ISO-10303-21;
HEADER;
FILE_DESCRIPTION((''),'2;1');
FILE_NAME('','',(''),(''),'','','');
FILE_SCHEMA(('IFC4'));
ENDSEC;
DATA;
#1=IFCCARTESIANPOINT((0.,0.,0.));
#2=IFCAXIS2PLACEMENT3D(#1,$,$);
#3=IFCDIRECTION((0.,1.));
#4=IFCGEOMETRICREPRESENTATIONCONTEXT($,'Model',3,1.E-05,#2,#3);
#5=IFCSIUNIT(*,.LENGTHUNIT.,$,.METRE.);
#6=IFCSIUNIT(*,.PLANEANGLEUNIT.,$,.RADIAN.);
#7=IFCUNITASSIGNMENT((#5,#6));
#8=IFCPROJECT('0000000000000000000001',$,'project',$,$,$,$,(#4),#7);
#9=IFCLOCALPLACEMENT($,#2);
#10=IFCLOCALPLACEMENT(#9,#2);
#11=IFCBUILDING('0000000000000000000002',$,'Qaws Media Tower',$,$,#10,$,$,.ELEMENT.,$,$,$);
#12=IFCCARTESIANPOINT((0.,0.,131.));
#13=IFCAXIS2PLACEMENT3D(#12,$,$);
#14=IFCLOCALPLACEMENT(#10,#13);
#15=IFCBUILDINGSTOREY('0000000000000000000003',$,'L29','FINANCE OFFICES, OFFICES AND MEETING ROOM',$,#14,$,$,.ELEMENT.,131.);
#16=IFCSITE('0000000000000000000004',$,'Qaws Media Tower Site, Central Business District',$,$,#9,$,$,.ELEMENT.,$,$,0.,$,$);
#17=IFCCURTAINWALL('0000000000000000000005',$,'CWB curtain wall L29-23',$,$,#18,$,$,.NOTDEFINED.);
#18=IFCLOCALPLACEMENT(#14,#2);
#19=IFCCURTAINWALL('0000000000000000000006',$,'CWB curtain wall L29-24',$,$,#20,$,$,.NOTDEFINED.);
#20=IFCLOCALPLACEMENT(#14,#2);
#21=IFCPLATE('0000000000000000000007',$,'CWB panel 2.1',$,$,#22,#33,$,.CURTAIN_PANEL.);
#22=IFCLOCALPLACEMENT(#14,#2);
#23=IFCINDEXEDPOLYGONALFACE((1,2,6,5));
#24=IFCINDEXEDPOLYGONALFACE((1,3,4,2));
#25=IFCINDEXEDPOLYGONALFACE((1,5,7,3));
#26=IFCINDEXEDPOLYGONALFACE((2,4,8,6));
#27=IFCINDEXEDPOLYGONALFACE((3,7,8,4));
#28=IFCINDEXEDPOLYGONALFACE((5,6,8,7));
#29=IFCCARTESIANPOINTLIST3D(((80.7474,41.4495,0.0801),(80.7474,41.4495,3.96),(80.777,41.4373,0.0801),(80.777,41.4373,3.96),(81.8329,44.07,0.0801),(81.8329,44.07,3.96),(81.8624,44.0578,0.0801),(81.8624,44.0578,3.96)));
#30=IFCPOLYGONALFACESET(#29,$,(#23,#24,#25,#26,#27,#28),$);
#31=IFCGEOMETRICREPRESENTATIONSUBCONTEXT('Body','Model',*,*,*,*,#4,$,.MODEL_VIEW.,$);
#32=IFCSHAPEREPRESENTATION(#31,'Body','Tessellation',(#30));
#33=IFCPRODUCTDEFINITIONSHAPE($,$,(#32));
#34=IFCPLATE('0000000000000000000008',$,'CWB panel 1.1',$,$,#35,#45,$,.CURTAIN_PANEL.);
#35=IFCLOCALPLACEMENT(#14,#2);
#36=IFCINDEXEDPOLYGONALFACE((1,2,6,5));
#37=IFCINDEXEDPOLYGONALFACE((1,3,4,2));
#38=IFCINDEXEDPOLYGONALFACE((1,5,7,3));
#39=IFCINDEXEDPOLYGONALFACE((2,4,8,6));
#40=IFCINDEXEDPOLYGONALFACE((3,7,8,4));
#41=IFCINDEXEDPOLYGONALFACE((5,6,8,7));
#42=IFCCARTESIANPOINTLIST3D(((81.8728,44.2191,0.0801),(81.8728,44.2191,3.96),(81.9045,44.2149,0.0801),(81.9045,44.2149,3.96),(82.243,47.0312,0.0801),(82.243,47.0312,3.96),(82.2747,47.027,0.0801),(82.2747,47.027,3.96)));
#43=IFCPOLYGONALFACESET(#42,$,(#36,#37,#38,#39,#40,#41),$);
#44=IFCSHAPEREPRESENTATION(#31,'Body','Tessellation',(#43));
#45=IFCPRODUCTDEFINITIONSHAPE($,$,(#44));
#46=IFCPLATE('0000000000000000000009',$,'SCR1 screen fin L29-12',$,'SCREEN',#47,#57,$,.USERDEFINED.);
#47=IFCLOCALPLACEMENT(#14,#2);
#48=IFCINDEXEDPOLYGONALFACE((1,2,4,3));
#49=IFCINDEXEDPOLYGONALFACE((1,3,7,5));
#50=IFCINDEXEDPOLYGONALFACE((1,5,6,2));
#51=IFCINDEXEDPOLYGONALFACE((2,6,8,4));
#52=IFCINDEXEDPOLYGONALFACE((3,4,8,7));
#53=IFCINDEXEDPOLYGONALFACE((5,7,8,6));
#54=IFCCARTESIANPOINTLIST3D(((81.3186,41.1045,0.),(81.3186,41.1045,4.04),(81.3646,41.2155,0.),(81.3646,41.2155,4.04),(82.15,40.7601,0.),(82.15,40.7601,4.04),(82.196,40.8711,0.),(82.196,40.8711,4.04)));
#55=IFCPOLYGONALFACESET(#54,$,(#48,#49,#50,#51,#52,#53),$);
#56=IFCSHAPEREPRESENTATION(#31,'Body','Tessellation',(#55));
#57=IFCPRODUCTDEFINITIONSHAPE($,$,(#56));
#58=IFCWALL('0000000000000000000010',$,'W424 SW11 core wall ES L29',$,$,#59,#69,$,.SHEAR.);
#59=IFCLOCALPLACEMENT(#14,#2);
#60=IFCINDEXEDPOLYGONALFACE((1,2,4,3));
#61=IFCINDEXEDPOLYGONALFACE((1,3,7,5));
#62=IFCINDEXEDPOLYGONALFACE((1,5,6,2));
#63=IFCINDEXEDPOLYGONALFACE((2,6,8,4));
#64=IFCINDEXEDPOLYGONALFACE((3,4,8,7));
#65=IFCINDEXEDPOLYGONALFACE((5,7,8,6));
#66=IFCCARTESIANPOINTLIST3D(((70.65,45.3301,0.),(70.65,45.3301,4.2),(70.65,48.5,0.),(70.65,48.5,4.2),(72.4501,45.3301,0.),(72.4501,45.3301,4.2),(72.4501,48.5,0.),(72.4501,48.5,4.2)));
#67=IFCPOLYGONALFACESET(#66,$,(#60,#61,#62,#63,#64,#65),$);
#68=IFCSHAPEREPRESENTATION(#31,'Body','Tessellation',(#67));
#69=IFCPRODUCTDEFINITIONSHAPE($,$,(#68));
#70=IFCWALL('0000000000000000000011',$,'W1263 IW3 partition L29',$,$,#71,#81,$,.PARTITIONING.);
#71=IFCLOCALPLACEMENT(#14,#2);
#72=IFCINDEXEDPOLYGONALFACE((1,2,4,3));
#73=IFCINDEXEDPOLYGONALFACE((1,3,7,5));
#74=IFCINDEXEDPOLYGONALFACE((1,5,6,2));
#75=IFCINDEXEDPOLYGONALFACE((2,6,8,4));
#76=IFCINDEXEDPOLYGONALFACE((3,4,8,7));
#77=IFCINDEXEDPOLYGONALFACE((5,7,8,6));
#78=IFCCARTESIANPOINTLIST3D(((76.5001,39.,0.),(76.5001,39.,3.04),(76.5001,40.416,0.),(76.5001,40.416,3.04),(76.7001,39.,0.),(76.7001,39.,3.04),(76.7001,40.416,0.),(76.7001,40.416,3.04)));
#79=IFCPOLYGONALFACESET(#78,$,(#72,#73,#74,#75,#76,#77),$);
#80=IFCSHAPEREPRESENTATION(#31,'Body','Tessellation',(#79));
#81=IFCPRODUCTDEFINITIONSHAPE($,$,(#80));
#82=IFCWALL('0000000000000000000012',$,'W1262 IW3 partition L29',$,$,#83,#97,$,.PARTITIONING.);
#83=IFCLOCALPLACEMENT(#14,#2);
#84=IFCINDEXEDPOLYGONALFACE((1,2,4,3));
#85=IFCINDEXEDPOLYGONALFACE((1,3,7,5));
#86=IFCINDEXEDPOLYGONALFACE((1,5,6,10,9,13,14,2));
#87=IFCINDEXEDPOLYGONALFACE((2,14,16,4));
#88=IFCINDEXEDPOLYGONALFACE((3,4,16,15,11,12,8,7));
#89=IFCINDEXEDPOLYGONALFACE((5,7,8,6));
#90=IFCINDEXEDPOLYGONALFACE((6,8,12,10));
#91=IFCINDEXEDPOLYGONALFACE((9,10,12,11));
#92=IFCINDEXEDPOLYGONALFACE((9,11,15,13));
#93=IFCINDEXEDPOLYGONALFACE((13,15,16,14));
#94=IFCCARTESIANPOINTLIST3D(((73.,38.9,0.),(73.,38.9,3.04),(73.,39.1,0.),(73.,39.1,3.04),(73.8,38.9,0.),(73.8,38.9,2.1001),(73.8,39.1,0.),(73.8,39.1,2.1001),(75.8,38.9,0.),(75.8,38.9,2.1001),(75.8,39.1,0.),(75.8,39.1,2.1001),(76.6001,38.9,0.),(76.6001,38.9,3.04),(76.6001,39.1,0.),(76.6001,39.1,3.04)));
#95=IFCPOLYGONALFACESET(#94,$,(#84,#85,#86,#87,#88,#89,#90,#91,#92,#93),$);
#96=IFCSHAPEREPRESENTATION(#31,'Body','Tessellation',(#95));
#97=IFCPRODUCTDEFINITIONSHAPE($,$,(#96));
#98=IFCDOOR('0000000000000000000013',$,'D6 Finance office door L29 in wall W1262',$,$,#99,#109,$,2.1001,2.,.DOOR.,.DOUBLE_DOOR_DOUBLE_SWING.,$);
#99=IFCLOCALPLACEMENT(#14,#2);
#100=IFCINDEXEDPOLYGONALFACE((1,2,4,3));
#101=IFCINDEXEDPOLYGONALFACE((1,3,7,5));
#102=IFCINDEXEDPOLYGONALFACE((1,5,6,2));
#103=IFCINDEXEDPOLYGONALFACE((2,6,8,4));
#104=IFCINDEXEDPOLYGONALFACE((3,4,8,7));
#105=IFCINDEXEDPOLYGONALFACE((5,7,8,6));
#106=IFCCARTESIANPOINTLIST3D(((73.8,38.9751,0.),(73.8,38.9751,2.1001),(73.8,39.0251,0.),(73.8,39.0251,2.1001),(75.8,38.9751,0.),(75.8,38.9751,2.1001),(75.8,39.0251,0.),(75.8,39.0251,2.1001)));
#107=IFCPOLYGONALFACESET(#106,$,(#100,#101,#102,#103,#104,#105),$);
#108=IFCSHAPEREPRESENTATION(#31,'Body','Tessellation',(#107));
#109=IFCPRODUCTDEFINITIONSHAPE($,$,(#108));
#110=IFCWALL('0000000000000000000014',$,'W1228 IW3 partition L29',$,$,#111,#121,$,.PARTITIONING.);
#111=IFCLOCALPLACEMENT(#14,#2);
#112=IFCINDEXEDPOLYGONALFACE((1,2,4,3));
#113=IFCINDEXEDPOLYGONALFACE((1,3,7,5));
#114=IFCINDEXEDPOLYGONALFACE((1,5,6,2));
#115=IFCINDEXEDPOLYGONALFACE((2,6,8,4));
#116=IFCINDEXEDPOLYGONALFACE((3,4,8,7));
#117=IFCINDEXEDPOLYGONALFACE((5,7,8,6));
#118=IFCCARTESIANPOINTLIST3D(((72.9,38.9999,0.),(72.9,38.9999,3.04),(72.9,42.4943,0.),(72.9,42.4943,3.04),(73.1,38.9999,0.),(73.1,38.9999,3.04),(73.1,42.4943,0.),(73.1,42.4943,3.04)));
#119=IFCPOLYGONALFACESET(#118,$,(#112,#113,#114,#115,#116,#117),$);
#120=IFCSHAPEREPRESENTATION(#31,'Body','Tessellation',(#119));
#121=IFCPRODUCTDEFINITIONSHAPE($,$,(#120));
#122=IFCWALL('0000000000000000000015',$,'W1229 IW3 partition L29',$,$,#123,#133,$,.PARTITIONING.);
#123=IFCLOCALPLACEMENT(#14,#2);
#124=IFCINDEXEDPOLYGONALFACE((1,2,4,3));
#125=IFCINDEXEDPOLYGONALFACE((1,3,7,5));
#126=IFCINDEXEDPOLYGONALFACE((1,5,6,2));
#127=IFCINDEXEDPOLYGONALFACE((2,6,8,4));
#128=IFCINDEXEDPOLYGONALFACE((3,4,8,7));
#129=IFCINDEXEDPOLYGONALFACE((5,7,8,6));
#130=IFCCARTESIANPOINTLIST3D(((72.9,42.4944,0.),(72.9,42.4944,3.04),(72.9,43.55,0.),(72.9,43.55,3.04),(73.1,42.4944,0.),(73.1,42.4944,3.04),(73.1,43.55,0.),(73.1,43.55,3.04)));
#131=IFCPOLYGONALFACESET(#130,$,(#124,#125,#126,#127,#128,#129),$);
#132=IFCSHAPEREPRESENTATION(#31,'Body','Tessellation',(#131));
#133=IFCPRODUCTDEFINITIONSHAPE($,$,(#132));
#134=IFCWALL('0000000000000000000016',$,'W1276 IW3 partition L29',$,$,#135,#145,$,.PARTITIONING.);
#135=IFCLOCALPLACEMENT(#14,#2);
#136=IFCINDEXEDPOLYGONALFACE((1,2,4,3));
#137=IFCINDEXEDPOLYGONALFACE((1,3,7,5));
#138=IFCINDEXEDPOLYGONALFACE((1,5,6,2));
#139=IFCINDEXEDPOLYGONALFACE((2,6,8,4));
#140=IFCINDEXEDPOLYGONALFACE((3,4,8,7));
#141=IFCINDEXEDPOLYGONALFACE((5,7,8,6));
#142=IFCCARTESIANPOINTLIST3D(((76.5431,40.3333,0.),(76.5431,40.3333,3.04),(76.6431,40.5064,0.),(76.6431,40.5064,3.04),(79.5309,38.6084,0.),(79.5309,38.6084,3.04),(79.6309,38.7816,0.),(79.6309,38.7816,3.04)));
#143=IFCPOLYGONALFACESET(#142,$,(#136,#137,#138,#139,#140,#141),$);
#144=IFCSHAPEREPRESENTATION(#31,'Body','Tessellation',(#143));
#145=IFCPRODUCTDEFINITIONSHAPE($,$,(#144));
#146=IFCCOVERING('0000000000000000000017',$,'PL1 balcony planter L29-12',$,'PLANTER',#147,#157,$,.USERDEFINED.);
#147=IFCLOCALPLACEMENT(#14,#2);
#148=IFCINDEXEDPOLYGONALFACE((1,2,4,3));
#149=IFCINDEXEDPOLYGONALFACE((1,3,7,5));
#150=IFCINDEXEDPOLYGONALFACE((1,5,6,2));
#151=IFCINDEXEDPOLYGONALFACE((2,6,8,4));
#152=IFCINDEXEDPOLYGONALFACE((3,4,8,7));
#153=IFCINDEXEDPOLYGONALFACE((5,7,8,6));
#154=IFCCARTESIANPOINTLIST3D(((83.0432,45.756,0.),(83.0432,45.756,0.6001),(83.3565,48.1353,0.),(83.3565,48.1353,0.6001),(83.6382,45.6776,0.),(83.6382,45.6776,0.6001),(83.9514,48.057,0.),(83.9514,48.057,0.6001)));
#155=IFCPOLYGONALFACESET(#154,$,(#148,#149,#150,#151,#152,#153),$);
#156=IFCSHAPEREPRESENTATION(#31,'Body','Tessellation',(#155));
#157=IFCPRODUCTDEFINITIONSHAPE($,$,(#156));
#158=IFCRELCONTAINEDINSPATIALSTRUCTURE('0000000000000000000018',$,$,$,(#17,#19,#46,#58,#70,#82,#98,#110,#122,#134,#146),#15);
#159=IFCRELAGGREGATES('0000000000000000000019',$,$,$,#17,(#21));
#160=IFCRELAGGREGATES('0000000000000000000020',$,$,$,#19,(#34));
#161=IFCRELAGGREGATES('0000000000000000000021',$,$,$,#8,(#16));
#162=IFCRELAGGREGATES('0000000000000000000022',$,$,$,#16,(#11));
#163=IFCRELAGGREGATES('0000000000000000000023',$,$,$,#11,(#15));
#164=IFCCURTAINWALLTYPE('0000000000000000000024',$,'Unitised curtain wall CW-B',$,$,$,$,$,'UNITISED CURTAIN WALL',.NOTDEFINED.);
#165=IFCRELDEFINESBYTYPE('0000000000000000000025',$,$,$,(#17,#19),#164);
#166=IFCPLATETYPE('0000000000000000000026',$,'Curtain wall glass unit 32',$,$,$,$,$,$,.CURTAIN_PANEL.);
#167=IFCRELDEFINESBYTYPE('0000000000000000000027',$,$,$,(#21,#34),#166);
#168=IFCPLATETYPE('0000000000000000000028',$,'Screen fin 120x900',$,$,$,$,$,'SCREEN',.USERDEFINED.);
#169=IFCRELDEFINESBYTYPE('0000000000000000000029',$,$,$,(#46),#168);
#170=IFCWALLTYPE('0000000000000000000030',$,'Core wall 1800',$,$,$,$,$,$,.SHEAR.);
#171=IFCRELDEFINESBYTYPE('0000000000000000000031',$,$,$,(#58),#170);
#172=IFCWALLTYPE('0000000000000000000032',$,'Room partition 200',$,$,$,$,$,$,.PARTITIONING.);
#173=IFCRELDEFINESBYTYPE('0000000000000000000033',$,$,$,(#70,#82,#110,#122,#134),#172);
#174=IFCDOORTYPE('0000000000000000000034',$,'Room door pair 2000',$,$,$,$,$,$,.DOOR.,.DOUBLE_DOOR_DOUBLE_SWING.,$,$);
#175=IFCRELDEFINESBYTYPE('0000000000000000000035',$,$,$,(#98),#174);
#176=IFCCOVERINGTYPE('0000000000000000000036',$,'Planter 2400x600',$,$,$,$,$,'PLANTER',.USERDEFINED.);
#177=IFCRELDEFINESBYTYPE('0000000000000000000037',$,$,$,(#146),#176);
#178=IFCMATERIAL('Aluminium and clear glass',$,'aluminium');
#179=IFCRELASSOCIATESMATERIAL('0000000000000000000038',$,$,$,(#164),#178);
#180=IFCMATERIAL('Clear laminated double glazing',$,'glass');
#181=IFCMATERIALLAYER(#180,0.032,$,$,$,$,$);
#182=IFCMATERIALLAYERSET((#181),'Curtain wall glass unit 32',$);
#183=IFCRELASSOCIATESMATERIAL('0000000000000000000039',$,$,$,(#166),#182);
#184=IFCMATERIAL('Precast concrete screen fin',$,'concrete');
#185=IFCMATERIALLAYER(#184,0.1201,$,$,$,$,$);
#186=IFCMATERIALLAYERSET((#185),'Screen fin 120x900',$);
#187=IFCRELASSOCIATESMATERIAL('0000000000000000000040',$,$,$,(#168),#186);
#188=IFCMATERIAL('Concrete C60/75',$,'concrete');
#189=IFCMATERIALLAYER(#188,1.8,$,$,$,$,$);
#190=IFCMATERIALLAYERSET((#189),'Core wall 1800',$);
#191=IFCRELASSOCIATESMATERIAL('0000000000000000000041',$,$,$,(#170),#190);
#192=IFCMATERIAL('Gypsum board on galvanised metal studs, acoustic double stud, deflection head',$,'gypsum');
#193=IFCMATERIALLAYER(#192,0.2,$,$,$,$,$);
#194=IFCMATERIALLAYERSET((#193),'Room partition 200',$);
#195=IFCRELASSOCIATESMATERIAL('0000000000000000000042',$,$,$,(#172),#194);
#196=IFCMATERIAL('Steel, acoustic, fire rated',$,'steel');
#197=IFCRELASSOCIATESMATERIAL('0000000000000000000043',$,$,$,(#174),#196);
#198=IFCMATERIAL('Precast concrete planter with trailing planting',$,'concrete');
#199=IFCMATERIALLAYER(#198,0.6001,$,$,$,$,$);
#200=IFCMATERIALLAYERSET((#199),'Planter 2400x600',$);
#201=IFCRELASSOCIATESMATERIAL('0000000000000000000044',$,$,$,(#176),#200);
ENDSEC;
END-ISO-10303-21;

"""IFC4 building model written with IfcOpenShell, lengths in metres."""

from ifc_helpers import new_model, si_unit, direction, frame, frame_2d, origin, origin_2d, place, context, subcontext, project, spatial, rectangle, extrude, material, layer, layer_set, type_object, element, fill, aggregate, save


model = new_model("IFC4")

# Units and contexts
model_context = context("Model", 3, precision=1e-05, world=origin(), true_north=direction((0.0, 1.0)))
body_context = subcontext(model_context, "Body", "Model", "MODEL_VIEW")
ifc_project = project(units=[si_unit("LENGTHUNIT", "METRE"), si_unit("PLANEANGLEUNIT", "RADIAN")], contexts=[model_context])

# Site, building, storey
site_placement = place(None, origin())
site = spatial("IfcSite", under=ifc_project, at=site_placement, Name="Qaws Media Tower Site, Central Business District", CompositionType="ELEMENT", RefElevation=0.0)
building_placement = place(site_placement, origin())
building = spatial("IfcBuilding", under=site, at=building_placement, Name="Qaws Media Tower", CompositionType="ELEMENT")
storey_placement = place(building_placement, frame((0.0, 0.0, 131.0)))
storey = spatial("IfcBuildingStorey", under=building, at=storey_placement, Name="L29", Description="FINANCE OFFICES, OFFICES AND MEETING ROOM", CompositionType="ELEMENT", Elevation=131.0)

# Curtain walls
ifc_material_1 = material(Name="Aluminium and clear glass", Category="aluminium")
curtain_wall_type = type_object("IfcCurtainWallType", Name="Unitised curtain wall CW-B", ElementType="UNITISED CURTAIN WALL", PredefinedType="NOTDEFINED", material=ifc_material_1)
curtain_wall_1_placement = place(storey_placement, origin())
curtain_wall_1 = element("IfcCurtainWall", 1, at=curtain_wall_1_placement, inside=storey, type_object=curtain_wall_type, Name="CWB curtain wall L29-23", PredefinedType="NOTDEFINED")
curtain_wall_2_placement = place(storey_placement, origin())
curtain_wall_2 = element("IfcCurtainWall", 2, at=curtain_wall_2_placement, inside=storey, type_object=curtain_wall_type, Name="CWB curtain wall L29-24", PredefinedType="NOTDEFINED")

# Plates
ifc_material_2 = material(Name="Clear laminated double glazing", Category="glass")
ifc_layer_1 = layer(ifc_material_2, 0.032)
ifc_layer_set_1 = layer_set([ifc_layer_1], Name="Curtain wall glass unit 32")
plate_type_1 = type_object("IfcPlateType", Name="Curtain wall glass unit 32", PredefinedType="CURTAIN_PANEL", material=ifc_layer_set_1)
plate_1_placement = place(storey_placement, frame((81.3049, 42.7537, 0.0801), z_axis=(0.0, 0.0, 1.0), x_axis=(0.382683, 0.92388, 0.0)))
plate_1 = element("IfcPlate", 3, at=plate_1_placement, type_object=plate_type_1, Name="CWB panel 2.1", PredefinedType="CURTAIN_PANEL", context=body_context, shape_type="SweptSolid", body=[
    extrude(rectangle(XDim=2.8364, YDim=0.032, at=origin_2d()), origin(), (0.0, 0.0, 1.0), 3.8799),
])
aggregate(curtain_wall_1, [plate_1])
plate_2_placement = place(storey_placement, frame((82.0737, 45.623, 0.0801), z_axis=(0.0, 0.0, 1.0), x_axis=(0.130526, 0.991445, 0.0)))
plate_2 = element("IfcPlate", 4, at=plate_2_placement, type_object=plate_type_1, Name="CWB panel 1.1", PredefinedType="CURTAIN_PANEL", context=body_context, shape_type="SweptSolid", body=[
    extrude(rectangle(XDim=2.8364, YDim=0.032, at=origin_2d()), origin(), (0.0, 0.0, 1.0), 3.8799),
])
aggregate(curtain_wall_2, [plate_2])
ifc_material_3 = material(Name="Precast concrete screen fin", Category="concrete")
ifc_layer_2 = layer(ifc_material_3, 0.1201)
ifc_layer_set_2 = layer_set([ifc_layer_2], Name="Screen fin 120x900")
plate_type_2 = type_object("IfcPlateType", Name="Screen fin 120x900", ElementType="SCREEN", PredefinedType="USERDEFINED", material=ifc_layer_set_2)
plate_3_placement = place(storey_placement, frame((81.7573, 40.9878, 0.0), z_axis=(0.0, 0.0, 1.0), x_axis=(0.92388, -0.382683, 0.0)))
element("IfcPlate", 5, at=plate_3_placement, inside=storey, type_object=plate_type_2, Name="SCR1 screen fin L29-12", ObjectType="SCREEN", PredefinedType="USERDEFINED", context=body_context, shape_type="SweptSolid", body=[
    extrude(rectangle(XDim=0.8999, YDim=0.1201, at=origin_2d()), origin(), (0.0, 0.0, 1.0), 4.04),
])

# Walls
ifc_material_4 = material(Name="Concrete C60/75", Category="concrete")
ifc_layer_3 = layer(ifc_material_4, 1.8)
ifc_layer_set_3 = layer_set([ifc_layer_3], Name="Core wall 1800")
wall_type_1 = type_object("IfcWallType", Name="Core wall 1800", PredefinedType="SHEAR", material=ifc_layer_set_3)
wall_1_placement = place(storey_placement, frame((71.55, 45.3301, 0.0), z_axis=(0.0, 0.0, 1.0), x_axis=(0.0, 1.0, 0.0)))
element("IfcWall", 6, at=wall_1_placement, inside=storey, type_object=wall_type_1, Name="W424 SW11 core wall ES L29", PredefinedType="SHEAR", context=body_context, shape_type="SweptSolid", body=[
    extrude(rectangle(XDim=3.1699, YDim=1.8, at=frame_2d((1.585, 0.0))), origin(), (0.0, 0.0, 1.0), 4.2),
])
ifc_material_5 = material(Name="Gypsum board on galvanised metal studs, acoustic double stud, deflection head", Category="gypsum")
ifc_layer_4 = layer(ifc_material_5, 0.2)
ifc_layer_set_4 = layer_set([ifc_layer_4], Name="Room partition 200")
wall_type_2 = type_object("IfcWallType", Name="Room partition 200", PredefinedType="PARTITIONING", material=ifc_layer_set_4)
wall_2_placement = place(storey_placement, frame((76.6001, 40.416, 0.0), z_axis=(0.0, 0.0, 1.0), x_axis=(0.0, -1.0, 0.0)))
element("IfcWall", 7, at=wall_2_placement, inside=storey, type_object=wall_type_2, Name="W1263 IW3 partition L29", PredefinedType="PARTITIONING", context=body_context, shape_type="SweptSolid", body=[
    extrude(rectangle(XDim=1.416, YDim=0.2, at=frame_2d((0.708, 0.0))), origin(), (0.0, 0.0, 1.0), 3.04),
])

# Wall, opening, door
wall_3_placement = place(storey_placement, frame((76.6001, 39.0, 0.0), z_axis=(0.0, 0.0, 1.0), x_axis=(-1.0, 0.0, 0.0)))
wall_3 = element("IfcWall", 8, at=wall_3_placement, inside=storey, type_object=wall_type_2, Name="W1262 IW3 partition L29", PredefinedType="PARTITIONING", context=body_context, shape_type="SweptSolid", body=[
    extrude(rectangle(XDim=3.6001, YDim=0.2, at=frame_2d((1.8, 0.0))), origin(), (0.0, 0.0, 1.0), 3.04),
])
opening_placement = place(wall_3_placement, frame((0.8, 0.0, 0.0)))
opening = element("IfcOpeningElement", 9, at=opening_placement, cuts=wall_3, PredefinedType="OPENING", context=body_context, shape_type="SweptSolid", body=[
    extrude(rectangle(XDim=2.0, YDim=2.1001, at=frame_2d((1.0, 1.05))), frame((0.0, 0.1099, 0.0), z_axis=(0.0, -1.0, 0.0), x_axis=(1.0, 0.0, 0.0)), (0.0, 0.0, 1.0), 0.22),
])
ifc_material_6 = material(Name="Steel, acoustic, fire rated", Category="steel")
door_type = type_object("IfcDoorType", Name="Room door pair 2000", OperationType="DOUBLE_DOOR_DOUBLE_SWING", PredefinedType="DOOR", material=ifc_material_6)
door_placement = place(opening_placement, origin())
door = element("IfcDoor", 10, at=door_placement, inside=storey, type_object=door_type, Name="D6 Finance office door L29 in wall W1262", OperationType="DOUBLE_DOOR_DOUBLE_SWING", OverallHeight=2.1001, OverallWidth=2.0, PredefinedType="DOOR", context=body_context, shape_type="SweptSolid", body=[
    extrude(rectangle(XDim=2.0, YDim=2.1001, at=frame_2d((1.0, 1.05))), frame((0.0, 0.0249, 0.0), z_axis=(0.0, -1.0, 0.0), x_axis=(1.0, 0.0, 0.0)), (0.0, 0.0, 1.0), 0.05),
])
fill(opening, door)

# Walls
wall_4_placement = place(storey_placement, frame((73.0, 39.0, 0.0), z_axis=(0.0, 0.0, 1.0), x_axis=(0.0, 1.0, 0.0)))
element("IfcWall", 11, at=wall_4_placement, inside=storey, type_object=wall_type_2, Name="W1228 IW3 partition L29", PredefinedType="PARTITIONING", context=body_context, shape_type="SweptSolid", body=[
    extrude(rectangle(XDim=3.4944, YDim=0.2, at=frame_2d((1.7471, 0.0))), origin(), (0.0, 0.0, 1.0), 3.04),
])
wall_5_placement = place(storey_placement, frame((73.0, 42.4944, 0.0), z_axis=(0.0, 0.0, 1.0), x_axis=(0.0, 1.0, 0.0)))
element("IfcWall", 12, at=wall_5_placement, inside=storey, type_object=wall_type_2, Name="W1229 IW3 partition L29", PredefinedType="PARTITIONING", context=body_context, shape_type="SweptSolid", body=[
    extrude(rectangle(XDim=1.0557, YDim=0.2, at=frame_2d((0.5278, 0.0))), origin(), (0.0, 0.0, 1.0), 3.04),
])
wall_6_placement = place(storey_placement, frame((76.593, 40.4199, 0.0), z_axis=(0.0, 0.0, 1.0), x_axis=(0.866044, -0.499967, 0.0)))
element("IfcWall", 13, at=wall_6_placement, inside=storey, type_object=wall_type_2, Name="W1276 IW3 partition L29", PredefinedType="PARTITIONING", context=body_context, shape_type="SweptSolid", body=[
    extrude(rectangle(XDim=3.45, YDim=0.2, at=frame_2d((1.7251, 0.0))), origin(), (0.0, 0.0, 1.0), 3.04),
])

# Covering
ifc_material_7 = material(Name="Precast concrete planter with trailing planting", Category="concrete")
ifc_layer_5 = layer(ifc_material_7, 0.6001)
ifc_layer_set_5 = layer_set([ifc_layer_5], Name="Planter 2400x600")
covering_type = type_object("IfcCoveringType", Name="Planter 2400x600", ElementType="PLANTER", PredefinedType="USERDEFINED", material=ifc_layer_set_5)
covering_placement = place(storey_placement, frame((83.4973, 46.9065, 0.0), z_axis=(0.0, 0.0, 1.0), x_axis=(0.130526, 0.991445, 0.0)))
element("IfcCovering", 14, at=covering_placement, inside=storey, type_object=covering_type, Name="PL1 balcony planter L29-12", ObjectType="PLANTER", PredefinedType="USERDEFINED", context=body_context, shape_type="SweptSolid", body=[
    extrude(rectangle(XDim=2.3999, YDim=0.6001, at=origin_2d()), origin(), (0.0, 0.0, 1.0), 0.6001),
])

save(model, "model.ifc")
